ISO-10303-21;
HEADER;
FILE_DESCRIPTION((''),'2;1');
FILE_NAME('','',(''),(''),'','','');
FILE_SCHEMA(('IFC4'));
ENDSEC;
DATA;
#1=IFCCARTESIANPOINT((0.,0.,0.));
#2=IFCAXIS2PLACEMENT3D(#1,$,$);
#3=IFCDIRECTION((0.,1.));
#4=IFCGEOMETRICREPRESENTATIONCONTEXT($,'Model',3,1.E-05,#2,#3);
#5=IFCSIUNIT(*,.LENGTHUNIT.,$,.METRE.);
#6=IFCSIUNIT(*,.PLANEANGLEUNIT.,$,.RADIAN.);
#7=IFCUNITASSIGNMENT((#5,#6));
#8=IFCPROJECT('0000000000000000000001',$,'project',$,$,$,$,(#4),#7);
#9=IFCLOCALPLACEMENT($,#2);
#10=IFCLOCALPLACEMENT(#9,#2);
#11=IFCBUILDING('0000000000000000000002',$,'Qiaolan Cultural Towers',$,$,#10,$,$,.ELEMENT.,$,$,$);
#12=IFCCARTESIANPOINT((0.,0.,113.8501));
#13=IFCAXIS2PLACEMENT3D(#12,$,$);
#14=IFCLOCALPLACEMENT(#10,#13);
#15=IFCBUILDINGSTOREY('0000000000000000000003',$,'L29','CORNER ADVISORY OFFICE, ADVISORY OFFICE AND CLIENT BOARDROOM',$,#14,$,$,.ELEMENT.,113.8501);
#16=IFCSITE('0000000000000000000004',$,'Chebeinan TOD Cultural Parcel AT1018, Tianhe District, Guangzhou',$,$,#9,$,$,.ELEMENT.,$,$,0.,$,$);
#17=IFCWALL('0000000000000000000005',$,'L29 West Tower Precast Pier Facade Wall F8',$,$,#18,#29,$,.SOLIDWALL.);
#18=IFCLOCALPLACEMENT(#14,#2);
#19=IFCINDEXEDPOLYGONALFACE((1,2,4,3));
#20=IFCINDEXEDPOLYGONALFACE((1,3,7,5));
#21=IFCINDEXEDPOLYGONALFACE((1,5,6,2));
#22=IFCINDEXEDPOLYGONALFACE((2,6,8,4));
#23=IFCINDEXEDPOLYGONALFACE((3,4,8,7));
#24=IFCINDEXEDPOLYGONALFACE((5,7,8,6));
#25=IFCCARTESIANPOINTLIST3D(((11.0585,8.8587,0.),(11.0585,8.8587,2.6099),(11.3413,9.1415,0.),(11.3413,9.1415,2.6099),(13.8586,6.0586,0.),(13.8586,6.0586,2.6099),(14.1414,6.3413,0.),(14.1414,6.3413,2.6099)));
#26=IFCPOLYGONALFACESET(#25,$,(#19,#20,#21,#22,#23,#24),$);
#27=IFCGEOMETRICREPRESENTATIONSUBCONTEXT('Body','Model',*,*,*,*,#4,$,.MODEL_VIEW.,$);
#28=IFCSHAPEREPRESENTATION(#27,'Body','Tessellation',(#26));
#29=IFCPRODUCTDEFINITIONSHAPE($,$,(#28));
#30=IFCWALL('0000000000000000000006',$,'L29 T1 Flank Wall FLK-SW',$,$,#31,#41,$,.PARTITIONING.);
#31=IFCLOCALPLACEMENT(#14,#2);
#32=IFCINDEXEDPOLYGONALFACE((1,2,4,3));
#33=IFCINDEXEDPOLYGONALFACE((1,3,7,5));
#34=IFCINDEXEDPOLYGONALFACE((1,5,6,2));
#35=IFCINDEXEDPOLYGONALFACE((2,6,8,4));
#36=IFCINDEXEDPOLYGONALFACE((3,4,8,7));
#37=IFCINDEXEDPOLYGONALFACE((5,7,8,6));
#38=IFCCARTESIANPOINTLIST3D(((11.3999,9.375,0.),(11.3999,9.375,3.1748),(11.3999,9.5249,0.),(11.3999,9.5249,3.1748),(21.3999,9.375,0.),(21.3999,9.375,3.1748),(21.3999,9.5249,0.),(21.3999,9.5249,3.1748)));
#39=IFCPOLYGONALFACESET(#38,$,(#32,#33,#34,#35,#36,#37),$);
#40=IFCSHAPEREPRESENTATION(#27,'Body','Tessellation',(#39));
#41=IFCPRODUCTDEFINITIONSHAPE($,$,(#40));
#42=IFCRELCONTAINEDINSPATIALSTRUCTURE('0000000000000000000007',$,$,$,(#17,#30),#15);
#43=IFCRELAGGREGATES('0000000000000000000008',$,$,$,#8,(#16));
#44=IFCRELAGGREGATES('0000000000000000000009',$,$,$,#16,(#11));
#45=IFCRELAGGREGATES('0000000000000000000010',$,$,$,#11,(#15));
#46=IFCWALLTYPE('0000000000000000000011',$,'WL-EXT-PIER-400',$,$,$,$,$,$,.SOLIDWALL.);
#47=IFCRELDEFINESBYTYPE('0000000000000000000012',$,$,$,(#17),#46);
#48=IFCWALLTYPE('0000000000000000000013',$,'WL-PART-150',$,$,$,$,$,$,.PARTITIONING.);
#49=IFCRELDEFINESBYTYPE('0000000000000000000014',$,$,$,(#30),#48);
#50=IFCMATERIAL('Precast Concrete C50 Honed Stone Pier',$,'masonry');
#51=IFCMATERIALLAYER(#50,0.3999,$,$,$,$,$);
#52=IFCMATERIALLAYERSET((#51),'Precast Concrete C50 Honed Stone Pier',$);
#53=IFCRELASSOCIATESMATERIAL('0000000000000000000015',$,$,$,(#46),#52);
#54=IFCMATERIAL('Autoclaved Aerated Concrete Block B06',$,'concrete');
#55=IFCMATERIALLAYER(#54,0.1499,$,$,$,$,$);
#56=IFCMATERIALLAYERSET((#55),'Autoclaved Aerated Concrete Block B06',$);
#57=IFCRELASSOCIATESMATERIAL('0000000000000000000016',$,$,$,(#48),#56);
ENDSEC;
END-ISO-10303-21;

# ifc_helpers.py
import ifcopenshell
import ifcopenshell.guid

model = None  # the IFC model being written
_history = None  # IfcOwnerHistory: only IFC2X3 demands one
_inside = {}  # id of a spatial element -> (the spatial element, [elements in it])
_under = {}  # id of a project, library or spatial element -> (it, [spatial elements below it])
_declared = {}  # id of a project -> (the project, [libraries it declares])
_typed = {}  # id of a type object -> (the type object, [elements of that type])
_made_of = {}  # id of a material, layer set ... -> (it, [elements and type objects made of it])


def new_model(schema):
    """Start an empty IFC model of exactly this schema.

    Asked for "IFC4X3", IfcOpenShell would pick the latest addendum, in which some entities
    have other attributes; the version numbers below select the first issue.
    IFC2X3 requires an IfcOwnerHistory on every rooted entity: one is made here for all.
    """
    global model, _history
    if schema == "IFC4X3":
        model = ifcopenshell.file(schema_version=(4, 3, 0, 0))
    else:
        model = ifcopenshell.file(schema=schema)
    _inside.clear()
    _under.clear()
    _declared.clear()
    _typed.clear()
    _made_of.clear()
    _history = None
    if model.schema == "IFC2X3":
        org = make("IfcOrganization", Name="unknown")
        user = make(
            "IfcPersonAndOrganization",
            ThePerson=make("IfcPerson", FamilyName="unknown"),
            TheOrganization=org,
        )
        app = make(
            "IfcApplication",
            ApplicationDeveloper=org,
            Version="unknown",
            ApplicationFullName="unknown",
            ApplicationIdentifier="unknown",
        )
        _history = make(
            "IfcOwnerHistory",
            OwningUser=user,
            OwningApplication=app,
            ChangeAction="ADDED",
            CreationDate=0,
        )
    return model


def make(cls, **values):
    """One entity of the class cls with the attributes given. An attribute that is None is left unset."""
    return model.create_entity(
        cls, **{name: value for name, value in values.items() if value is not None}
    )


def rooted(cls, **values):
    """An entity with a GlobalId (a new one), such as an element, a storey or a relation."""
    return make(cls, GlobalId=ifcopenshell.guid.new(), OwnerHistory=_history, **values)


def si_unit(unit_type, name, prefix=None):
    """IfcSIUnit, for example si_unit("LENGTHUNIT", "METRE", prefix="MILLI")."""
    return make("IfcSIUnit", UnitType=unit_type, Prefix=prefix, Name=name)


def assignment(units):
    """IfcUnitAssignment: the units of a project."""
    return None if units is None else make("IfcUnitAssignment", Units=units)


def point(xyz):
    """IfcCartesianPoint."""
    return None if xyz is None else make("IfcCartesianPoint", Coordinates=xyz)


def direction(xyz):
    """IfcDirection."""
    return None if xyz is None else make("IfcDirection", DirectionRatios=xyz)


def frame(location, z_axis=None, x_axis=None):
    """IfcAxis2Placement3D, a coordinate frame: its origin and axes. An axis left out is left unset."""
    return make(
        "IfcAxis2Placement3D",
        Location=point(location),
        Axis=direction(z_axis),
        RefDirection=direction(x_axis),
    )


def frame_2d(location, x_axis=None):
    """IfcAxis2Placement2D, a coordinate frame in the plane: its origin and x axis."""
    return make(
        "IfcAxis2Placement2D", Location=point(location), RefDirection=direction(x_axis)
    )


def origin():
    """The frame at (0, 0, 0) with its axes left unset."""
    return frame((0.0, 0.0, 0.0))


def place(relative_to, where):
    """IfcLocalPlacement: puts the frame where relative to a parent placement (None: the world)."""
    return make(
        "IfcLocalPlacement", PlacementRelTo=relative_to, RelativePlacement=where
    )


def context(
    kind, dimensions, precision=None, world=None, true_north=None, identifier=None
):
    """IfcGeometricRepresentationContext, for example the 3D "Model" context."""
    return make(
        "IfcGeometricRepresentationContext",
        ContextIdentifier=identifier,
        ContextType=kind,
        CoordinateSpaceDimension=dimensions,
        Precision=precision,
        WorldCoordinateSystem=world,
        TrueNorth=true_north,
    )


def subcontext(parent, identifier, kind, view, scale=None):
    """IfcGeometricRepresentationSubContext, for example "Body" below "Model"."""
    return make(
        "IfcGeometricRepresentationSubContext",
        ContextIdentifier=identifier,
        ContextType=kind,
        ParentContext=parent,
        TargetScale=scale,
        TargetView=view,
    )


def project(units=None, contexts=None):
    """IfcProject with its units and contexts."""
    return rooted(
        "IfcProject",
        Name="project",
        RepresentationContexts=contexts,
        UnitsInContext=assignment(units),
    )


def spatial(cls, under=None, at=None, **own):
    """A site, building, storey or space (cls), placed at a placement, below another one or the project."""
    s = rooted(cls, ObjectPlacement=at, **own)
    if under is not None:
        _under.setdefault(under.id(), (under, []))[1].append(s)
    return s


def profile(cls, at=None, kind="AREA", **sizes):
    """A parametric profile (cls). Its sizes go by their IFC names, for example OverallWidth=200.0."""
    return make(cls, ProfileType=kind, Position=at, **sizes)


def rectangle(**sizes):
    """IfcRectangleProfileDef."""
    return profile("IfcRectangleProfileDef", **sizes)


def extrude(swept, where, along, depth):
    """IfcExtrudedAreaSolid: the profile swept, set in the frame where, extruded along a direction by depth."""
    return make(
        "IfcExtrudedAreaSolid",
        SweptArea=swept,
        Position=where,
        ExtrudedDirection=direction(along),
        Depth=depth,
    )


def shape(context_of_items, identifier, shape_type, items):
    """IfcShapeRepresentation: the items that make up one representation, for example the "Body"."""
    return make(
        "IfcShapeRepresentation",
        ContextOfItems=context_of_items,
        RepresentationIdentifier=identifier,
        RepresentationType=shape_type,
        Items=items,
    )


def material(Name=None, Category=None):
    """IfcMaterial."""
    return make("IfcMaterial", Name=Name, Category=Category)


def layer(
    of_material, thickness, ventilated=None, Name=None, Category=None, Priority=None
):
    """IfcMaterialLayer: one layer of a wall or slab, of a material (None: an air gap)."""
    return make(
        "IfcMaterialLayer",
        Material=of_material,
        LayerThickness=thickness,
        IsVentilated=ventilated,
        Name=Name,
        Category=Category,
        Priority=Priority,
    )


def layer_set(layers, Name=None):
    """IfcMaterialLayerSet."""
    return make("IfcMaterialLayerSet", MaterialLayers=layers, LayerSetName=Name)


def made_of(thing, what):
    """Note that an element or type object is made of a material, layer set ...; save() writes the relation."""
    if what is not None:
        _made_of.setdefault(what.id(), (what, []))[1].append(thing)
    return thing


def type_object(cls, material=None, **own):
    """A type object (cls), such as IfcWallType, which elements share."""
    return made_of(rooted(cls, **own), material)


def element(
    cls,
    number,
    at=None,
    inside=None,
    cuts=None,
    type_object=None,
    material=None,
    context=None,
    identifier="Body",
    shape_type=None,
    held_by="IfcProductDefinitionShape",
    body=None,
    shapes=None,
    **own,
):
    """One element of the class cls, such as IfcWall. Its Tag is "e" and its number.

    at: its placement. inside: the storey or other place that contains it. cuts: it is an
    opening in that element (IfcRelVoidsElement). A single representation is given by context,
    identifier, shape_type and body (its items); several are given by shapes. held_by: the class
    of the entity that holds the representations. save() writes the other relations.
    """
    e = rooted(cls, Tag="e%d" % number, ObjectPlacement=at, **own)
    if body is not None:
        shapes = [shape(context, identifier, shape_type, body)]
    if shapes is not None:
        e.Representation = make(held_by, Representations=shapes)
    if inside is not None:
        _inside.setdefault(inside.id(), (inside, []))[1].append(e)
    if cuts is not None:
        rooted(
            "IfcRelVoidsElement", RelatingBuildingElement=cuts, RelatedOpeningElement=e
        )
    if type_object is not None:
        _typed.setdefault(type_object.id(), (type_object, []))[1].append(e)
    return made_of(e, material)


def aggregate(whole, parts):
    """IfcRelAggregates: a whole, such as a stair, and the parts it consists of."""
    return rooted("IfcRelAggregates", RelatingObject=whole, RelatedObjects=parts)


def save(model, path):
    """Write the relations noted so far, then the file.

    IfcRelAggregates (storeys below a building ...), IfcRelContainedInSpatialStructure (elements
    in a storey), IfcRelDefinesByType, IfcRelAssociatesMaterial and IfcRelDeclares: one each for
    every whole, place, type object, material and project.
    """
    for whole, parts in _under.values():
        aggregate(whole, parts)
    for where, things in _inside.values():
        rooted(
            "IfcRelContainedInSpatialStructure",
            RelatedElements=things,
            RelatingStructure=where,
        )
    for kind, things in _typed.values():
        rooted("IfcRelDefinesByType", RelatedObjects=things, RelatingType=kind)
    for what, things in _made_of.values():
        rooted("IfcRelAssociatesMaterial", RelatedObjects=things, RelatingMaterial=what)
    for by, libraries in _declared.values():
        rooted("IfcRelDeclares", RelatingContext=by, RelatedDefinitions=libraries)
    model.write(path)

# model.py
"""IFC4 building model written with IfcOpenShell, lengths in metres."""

from ifc_helpers import new_model, si_unit, direction, frame, frame_2d, origin, place, context, subcontext, project, spatial, rectangle, extrude, material, layer, layer_set, type_object, element, save


model = new_model("IFC4")

# Units and contexts
model_context = context("Model", 3, precision=1e-05, world=origin(), true_north=direction((0.0, 1.0)))
body_context = subcontext(model_context, "Body", "Model", "MODEL_VIEW")
ifc_project = project(units=[si_unit("LENGTHUNIT", "METRE"), si_unit("PLANEANGLEUNIT", "RADIAN")], contexts=[model_context])

# Site, building, storey
site_placement = place(None, origin())
site = spatial("IfcSite", under=ifc_project, at=site_placement, Name="Chebeinan TOD Cultural Parcel AT1018, Tianhe District, Guangzhou", CompositionType="ELEMENT", RefElevation=0.0)
building_placement = place(site_placement, origin())
building = spatial("IfcBuilding", under=site, at=building_placement, Name="Qiaolan Cultural Towers", CompositionType="ELEMENT")
storey_placement = place(building_placement, frame((0.0, 0.0, 113.8501)))
storey = spatial("IfcBuildingStorey", under=building, at=storey_placement, Name="L29", Description="CORNER ADVISORY OFFICE, ADVISORY OFFICE AND CLIENT BOARDROOM", CompositionType="ELEMENT", Elevation=113.8501)

# Shared definitions
ifc_material_1 = material(Name="Precast Concrete C50 Honed Stone Pier", Category="masonry")
ifc_layer_1 = layer(ifc_material_1, 0.3999)
ifc_layer_set_1 = layer_set([ifc_layer_1], Name="Precast Concrete C50 Honed Stone Pier")
wall_type_1 = type_object("IfcWallType", Name="WL-EXT-PIER-400", PredefinedType="SOLIDWALL", material=ifc_layer_set_1)

# Walls
wall_1_placement = place(storey_placement, frame((14.0, 6.2, 0.0), z_axis=(0.0, 0.0, 1.0), x_axis=(-0.707107, 0.707107, 0.0)))
element("IfcWall", 1, at=wall_1_placement, inside=storey, type_object=wall_type_1, Name="L29 West Tower Precast Pier Facade Wall F8", PredefinedType="SOLIDWALL", context=body_context, shape_type="SweptSolid", body=[
    extrude(rectangle(XDim=3.96, YDim=0.3999, at=frame_2d((1.98, 0.0))), origin(), (0.0, 0.0, 1.0), 2.6099),
])
ifc_material_2 = material(Name="Autoclaved Aerated Concrete Block B06", Category="concrete")
ifc_layer_2 = layer(ifc_material_2, 0.1499)
ifc_layer_set_2 = layer_set([ifc_layer_2], Name="Autoclaved Aerated Concrete Block B06")
wall_type_2 = type_object("IfcWallType", Name="WL-PART-150", PredefinedType="PARTITIONING", material=ifc_layer_set_2)
wall_2_placement = place(storey_placement, frame((11.3999, 9.45, 0.0), z_axis=(0.0, 0.0, 1.0), x_axis=(1.0, 0.0, 0.0)))
element("IfcWall", 2, at=wall_2_placement, inside=storey, type_object=wall_type_2, Name="L29 T1 Flank Wall FLK-SW", PredefinedType="PARTITIONING", context=body_context, shape_type="SweptSolid", body=[
    extrude(rectangle(XDim=10.0, YDim=0.1499, at=frame_2d((5.0, 0.0))), origin(), (0.0, 0.0, 1.0), 3.1748),
])

save(model, "model.ifc")
